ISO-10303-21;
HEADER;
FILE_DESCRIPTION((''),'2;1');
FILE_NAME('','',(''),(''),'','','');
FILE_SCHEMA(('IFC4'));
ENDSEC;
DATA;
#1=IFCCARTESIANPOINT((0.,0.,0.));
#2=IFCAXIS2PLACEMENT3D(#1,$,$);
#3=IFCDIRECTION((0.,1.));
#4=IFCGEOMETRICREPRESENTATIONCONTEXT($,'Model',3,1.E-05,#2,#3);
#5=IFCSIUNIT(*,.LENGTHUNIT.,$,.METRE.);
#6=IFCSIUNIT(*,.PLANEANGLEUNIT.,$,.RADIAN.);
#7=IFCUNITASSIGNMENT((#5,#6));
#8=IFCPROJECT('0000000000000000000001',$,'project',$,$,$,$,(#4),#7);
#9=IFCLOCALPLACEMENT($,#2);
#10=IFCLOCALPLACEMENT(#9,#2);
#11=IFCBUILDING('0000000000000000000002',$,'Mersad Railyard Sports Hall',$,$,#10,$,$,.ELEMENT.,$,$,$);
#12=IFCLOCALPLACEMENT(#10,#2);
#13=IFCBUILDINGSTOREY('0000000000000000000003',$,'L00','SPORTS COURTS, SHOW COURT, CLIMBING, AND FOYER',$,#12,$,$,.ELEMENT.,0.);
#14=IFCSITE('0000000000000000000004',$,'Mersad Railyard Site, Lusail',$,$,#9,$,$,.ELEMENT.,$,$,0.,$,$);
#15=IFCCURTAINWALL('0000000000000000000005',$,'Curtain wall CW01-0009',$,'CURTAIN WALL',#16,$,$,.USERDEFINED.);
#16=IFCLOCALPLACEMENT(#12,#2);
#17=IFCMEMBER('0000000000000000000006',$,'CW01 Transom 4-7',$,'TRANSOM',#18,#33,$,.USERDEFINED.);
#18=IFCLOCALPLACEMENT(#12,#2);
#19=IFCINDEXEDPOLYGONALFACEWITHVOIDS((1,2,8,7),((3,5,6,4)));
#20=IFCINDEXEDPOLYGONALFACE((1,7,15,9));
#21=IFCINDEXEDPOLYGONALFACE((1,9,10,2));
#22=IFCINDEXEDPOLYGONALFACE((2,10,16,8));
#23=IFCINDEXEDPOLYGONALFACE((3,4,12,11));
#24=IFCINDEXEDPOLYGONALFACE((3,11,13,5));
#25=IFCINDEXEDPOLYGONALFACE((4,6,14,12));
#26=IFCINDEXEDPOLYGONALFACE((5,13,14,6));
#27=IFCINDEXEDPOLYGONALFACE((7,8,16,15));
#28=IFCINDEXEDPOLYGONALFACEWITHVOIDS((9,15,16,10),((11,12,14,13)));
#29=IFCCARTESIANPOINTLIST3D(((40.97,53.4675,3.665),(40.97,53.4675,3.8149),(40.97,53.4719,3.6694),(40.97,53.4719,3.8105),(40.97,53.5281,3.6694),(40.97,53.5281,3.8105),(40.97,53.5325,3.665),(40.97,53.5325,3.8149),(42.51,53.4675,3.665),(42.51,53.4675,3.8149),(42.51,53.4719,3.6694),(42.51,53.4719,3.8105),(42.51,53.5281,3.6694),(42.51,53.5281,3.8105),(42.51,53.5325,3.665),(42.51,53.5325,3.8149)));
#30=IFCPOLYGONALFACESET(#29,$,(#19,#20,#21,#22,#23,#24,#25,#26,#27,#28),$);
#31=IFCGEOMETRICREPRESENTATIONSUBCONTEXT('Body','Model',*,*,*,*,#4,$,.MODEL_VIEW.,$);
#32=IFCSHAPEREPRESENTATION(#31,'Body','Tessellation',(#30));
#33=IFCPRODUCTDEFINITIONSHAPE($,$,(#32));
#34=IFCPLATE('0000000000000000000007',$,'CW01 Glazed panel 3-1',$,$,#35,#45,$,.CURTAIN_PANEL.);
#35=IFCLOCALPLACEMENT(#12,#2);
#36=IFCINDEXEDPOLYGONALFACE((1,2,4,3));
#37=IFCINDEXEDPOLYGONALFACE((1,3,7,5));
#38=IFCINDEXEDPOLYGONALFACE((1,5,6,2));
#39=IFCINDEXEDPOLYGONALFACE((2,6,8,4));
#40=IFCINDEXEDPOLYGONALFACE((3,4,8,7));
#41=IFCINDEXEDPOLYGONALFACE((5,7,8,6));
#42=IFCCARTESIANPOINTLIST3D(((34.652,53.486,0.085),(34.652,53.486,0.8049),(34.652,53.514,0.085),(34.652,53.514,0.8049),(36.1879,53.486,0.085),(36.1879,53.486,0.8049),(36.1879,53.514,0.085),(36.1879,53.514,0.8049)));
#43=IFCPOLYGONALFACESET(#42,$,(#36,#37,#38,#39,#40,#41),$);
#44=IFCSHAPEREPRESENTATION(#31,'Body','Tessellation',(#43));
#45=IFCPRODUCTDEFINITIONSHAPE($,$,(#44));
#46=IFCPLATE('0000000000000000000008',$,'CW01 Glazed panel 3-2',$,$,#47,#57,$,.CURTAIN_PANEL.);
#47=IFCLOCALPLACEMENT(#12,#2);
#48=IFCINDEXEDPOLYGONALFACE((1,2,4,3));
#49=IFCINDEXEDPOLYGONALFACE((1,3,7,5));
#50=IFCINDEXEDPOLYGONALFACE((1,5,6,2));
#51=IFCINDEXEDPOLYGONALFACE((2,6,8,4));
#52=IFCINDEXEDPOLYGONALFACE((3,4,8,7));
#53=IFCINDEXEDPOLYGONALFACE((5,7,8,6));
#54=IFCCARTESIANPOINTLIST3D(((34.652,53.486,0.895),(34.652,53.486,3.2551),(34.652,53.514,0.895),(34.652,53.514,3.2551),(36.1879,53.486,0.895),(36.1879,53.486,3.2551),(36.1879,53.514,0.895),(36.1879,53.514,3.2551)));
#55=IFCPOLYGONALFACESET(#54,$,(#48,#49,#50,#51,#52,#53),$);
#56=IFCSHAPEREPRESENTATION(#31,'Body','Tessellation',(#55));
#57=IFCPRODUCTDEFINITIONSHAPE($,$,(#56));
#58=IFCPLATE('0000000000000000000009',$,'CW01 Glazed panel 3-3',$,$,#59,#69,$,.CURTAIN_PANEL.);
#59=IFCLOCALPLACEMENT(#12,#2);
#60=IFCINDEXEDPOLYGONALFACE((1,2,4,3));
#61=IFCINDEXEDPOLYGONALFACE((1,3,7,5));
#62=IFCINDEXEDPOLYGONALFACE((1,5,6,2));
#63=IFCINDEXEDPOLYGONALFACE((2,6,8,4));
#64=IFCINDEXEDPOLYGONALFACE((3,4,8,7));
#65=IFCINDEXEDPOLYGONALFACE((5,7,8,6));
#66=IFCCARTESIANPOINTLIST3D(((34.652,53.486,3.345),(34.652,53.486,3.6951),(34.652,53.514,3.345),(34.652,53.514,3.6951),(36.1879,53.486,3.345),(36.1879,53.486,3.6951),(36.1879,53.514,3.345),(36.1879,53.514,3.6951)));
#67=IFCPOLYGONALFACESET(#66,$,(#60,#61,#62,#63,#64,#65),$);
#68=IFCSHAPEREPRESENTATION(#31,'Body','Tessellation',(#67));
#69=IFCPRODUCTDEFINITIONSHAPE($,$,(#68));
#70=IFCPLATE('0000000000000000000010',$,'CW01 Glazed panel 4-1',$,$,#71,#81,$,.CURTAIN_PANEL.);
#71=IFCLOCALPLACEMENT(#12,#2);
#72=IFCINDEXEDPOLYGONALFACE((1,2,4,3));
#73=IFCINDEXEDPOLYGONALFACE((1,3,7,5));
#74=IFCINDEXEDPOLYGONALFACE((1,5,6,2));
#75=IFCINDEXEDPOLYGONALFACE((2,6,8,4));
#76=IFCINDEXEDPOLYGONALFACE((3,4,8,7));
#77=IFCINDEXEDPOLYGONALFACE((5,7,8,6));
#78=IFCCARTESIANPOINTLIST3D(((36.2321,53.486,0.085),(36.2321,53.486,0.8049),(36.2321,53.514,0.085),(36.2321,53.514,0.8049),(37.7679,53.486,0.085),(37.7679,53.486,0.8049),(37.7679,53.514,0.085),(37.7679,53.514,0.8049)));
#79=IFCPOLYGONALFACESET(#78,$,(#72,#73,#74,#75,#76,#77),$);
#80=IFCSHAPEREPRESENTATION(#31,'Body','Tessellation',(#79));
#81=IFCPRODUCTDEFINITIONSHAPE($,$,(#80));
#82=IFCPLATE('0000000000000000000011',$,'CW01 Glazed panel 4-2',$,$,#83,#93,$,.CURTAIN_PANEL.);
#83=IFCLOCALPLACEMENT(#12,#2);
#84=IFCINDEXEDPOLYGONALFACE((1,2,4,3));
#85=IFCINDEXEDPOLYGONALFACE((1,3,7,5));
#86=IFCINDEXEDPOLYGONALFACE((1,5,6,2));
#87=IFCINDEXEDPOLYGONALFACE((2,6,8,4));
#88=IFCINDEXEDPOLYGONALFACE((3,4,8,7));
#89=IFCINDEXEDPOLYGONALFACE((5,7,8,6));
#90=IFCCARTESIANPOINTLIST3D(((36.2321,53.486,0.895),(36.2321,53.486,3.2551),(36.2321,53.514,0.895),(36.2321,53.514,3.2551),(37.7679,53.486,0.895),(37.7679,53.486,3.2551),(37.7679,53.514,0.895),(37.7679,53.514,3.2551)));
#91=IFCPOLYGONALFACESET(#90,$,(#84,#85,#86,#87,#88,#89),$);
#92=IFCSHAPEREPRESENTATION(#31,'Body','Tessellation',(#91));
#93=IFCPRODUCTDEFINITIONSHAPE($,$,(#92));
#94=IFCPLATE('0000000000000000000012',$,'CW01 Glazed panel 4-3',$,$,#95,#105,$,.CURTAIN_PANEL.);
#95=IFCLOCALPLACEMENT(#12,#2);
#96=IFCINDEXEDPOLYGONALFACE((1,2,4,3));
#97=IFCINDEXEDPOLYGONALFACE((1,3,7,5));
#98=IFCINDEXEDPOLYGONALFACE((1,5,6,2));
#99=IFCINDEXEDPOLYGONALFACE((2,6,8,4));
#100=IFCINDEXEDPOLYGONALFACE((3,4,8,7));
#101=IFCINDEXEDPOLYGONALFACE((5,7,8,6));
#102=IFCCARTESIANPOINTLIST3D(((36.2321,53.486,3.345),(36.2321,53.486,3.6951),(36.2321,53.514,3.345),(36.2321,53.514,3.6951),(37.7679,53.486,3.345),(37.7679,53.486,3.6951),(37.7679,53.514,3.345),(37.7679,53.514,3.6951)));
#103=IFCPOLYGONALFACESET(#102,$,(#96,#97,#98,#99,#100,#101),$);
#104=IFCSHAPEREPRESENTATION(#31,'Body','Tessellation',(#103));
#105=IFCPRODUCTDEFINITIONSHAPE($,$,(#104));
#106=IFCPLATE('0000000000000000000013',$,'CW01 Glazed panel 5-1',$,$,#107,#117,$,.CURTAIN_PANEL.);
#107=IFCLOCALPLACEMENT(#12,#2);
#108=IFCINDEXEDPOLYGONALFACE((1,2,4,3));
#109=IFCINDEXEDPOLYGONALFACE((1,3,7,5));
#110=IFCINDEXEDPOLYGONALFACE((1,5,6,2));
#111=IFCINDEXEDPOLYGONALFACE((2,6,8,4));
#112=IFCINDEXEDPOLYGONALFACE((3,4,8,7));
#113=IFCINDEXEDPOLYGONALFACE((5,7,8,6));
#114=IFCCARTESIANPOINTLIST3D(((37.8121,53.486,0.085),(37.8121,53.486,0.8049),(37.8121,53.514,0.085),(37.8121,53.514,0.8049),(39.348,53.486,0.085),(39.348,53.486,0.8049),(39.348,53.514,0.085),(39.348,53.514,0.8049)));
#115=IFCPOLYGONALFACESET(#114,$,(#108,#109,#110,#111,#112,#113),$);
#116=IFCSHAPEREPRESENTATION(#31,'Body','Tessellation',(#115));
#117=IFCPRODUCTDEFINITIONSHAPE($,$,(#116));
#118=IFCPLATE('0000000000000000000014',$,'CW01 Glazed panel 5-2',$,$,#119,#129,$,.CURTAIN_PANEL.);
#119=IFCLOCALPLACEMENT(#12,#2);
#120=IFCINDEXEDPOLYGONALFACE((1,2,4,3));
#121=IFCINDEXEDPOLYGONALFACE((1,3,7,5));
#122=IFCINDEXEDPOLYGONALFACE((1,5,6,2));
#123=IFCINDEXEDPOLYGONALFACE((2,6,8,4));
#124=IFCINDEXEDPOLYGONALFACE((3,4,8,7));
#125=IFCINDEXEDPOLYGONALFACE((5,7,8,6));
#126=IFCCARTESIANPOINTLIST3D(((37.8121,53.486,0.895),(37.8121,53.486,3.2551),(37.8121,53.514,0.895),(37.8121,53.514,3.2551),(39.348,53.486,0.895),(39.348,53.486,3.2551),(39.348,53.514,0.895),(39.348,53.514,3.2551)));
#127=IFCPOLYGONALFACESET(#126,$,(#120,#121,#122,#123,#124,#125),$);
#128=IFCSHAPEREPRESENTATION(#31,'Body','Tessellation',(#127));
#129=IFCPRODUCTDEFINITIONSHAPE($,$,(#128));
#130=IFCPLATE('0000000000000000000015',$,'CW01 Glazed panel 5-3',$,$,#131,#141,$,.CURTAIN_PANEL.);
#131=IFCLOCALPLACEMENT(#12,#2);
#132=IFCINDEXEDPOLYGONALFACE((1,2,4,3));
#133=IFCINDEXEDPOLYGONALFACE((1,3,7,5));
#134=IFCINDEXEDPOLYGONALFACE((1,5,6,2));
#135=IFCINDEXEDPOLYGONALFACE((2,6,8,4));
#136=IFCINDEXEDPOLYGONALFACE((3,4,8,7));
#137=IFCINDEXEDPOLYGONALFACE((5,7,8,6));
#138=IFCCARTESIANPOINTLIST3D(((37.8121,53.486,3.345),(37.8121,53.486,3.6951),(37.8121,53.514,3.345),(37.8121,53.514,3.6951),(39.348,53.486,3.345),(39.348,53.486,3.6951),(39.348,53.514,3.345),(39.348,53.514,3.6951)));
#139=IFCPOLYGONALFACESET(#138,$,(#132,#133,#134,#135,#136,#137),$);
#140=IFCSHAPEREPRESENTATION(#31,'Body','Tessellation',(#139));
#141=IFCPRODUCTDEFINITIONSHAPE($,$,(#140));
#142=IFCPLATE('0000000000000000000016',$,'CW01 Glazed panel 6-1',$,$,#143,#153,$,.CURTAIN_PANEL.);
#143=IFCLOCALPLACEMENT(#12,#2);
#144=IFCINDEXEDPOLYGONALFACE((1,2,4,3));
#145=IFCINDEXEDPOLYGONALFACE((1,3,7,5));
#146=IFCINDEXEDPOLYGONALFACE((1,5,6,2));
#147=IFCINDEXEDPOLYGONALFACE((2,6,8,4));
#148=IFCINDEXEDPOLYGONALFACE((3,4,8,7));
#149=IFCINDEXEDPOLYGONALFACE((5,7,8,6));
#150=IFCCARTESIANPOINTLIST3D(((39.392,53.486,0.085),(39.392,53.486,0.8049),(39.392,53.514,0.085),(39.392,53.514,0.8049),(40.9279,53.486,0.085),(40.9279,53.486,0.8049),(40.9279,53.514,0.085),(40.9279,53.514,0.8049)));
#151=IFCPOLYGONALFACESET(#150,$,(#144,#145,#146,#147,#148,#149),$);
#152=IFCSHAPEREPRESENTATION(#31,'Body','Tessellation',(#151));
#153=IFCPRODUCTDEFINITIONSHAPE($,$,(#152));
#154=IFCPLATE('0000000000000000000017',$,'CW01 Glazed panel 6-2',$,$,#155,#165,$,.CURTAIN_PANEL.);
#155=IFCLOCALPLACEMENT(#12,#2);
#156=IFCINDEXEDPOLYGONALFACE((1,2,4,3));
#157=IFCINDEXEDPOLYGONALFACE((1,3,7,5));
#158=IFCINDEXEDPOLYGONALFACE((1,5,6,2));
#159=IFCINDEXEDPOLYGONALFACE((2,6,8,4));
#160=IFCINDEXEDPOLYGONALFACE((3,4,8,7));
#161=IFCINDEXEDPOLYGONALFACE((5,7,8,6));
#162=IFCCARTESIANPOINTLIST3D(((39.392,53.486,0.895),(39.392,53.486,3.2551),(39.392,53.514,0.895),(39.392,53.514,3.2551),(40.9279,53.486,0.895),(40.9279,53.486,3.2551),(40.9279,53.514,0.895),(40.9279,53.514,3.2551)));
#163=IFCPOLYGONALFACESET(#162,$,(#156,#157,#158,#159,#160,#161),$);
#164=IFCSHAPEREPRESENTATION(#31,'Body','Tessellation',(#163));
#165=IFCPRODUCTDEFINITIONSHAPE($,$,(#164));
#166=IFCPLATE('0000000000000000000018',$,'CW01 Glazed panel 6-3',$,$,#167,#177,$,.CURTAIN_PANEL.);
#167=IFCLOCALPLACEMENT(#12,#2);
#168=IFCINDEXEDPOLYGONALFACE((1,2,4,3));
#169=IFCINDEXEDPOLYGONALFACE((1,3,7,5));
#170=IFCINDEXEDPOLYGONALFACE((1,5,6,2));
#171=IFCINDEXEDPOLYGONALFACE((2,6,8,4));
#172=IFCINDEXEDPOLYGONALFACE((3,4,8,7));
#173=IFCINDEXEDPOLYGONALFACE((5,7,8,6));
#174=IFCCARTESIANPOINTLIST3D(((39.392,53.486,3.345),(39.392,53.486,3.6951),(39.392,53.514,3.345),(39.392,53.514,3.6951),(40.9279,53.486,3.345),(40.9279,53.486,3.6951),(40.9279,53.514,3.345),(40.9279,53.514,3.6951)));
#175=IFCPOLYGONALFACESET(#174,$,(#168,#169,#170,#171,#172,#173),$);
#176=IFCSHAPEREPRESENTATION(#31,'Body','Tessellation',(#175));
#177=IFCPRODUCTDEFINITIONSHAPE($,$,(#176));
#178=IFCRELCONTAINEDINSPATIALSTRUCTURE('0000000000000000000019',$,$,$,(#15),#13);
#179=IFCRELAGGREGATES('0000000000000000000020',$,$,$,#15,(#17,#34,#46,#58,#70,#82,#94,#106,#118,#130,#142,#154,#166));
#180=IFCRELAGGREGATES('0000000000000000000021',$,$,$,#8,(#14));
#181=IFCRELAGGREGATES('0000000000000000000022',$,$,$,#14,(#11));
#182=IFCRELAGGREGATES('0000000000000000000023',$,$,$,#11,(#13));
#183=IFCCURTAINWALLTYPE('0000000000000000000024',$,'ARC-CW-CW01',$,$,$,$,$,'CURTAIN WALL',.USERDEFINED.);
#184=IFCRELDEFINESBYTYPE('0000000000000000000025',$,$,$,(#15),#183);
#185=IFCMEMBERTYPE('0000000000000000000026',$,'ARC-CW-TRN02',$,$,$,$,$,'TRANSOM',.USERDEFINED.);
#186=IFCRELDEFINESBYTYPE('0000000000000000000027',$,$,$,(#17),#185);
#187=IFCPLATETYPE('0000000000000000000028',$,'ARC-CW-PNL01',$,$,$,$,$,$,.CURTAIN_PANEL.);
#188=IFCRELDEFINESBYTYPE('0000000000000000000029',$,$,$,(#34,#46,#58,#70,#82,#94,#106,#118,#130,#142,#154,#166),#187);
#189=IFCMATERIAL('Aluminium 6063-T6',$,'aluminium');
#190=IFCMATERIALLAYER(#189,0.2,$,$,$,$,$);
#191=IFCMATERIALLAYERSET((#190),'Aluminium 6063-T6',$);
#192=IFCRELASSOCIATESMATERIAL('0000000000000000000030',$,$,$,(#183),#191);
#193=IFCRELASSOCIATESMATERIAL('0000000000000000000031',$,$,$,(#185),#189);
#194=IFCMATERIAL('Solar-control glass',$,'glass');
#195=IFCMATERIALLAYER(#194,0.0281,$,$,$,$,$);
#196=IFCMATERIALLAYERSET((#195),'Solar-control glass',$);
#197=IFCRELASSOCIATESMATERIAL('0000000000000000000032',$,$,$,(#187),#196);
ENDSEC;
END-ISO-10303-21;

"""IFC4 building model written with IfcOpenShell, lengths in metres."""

from ifc_helpers import new_model, si_unit, direction, frame, origin, origin_2d, place, context, subcontext, project, spatial, rectangle, hollow_rectangle, extrude, material, layer, layer_set, material_profile, profile_set, type_object, element, aggregate, save


model = new_model("IFC4")

# Units and contexts
model_context = context("Model", 3, precision=1e-05, world=origin(), true_north=direction((0.0, 1.0)))
body_context = subcontext(model_context, "Body", "Model", "MODEL_VIEW")
ifc_project = project(units=[si_unit("LENGTHUNIT", "METRE"), si_unit("PLANEANGLEUNIT", "RADIAN")], contexts=[model_context])

# Site, building, storey
site_placement = place(None, origin())
site = spatial("IfcSite", under=ifc_project, at=site_placement, Name="Mersad Railyard Site, Lusail", CompositionType="ELEMENT", RefElevation=0.0)
building_placement = place(site_placement, origin())
building = spatial("IfcBuilding", under=site, at=building_placement, Name="Mersad Railyard Sports Hall", CompositionType="ELEMENT")
storey_placement = place(building_placement, origin())
storey = spatial("IfcBuildingStorey", under=building, at=storey_placement, Name="L00", Description="SPORTS COURTS, SHOW COURT, CLIMBING, AND FOYER", CompositionType="ELEMENT", Elevation=0.0)

# Curtain wall, member, plates
ifc_material_1 = material(Name="Aluminium 6063-T6", Category="aluminium")
ifc_layer_1 = layer(ifc_material_1, 0.2)
ifc_layer_set_1 = layer_set([ifc_layer_1], Name="Aluminium 6063-T6")
curtain_wall_type = type_object("IfcCurtainWallType", Name="ARC-CW-CW01", ElementType="CURTAIN WALL", PredefinedType="USERDEFINED", material=ifc_layer_set_1)
curtain_wall_placement = place(storey_placement, origin())
curtain_wall = element("IfcCurtainWall", 1, at=curtain_wall_placement, inside=storey, type_object=curtain_wall_type, Name="Curtain wall CW01-0009", ObjectType="CURTAIN WALL", PredefinedType="USERDEFINED")
ifc_material_profile_1 = material_profile(ifc_material_1, hollow_rectangle(XDim=0.0649, YDim=0.1499, WallThickness=0.0044, at=origin_2d()), Name="AL TRANSOM 65x150x4.5")
ifc_profile_set_1 = profile_set([ifc_material_profile_1], Name="Aluminium 6063-T6")
member_type_1 = type_object("IfcMemberType", Name="ARC-CW-TRN02", ElementType="TRANSOM", PredefinedType="USERDEFINED", material=ifc_profile_set_1)
member_1_placement = place(storey_placement, frame((40.97, 53.5, 3.74), z_axis=(1.0, 0.0, 0.0), x_axis=(0.0, 1.0, 0.0)))
member_1 = element("IfcMember", 2, at=member_1_placement, type_object=member_type_1, Name="CW01 Transom 4-7", ObjectType="TRANSOM", PredefinedType="USERDEFINED", context=body_context, shape_type="SweptSolid", body=[
    extrude(hollow_rectangle(XDim=0.0649, YDim=0.1499, WallThickness=0.0044, at=origin_2d()), origin(), (0.0, 0.0, 1.0), 1.54),
])
ifc_material_2 = material(Name="Solar-control glass", Category="glass")
ifc_layer_2 = layer(ifc_material_2, 0.0281)
ifc_layer_set_2 = layer_set([ifc_layer_2], Name="Solar-control glass")
plate_type = type_object("IfcPlateType", Name="ARC-CW-PNL01", PredefinedType="CURTAIN_PANEL", material=ifc_layer_set_2)
plate_1_placement = place(storey_placement, frame((35.4199, 53.5, 0.085), z_axis=(0.0, 0.0, 1.0), x_axis=(1.0, 0.0, 0.0)))
plate_1 = element("IfcPlate", 3, at=plate_1_placement, type_object=plate_type, Name="CW01 Glazed panel 3-1", PredefinedType="CURTAIN_PANEL", context=body_context, shape_type="SweptSolid", body=[
    extrude(rectangle(XDim=1.5359, YDim=0.0281, at=origin_2d()), origin(), (0.0, 0.0, 1.0), 0.72),
])
plate_2_placement = place(storey_placement, frame((35.4199, 53.5, 0.895), z_axis=(0.0, 0.0, 1.0), x_axis=(1.0, 0.0, 0.0)))
plate_2 = element("IfcPlate", 4, at=plate_2_placement, type_object=plate_type, Name="CW01 Glazed panel 3-2", PredefinedType="CURTAIN_PANEL", context=body_context, shape_type="SweptSolid", body=[
    extrude(rectangle(XDim=1.5359, YDim=0.0281, at=origin_2d()), origin(), (0.0, 0.0, 1.0), 2.3601),
])
plate_3_placement = place(storey_placement, frame((35.4199, 53.5, 3.345), z_axis=(0.0, 0.0, 1.0), x_axis=(1.0, 0.0, 0.0)))
plate_3 = element("IfcPlate", 5, at=plate_3_placement, type_object=plate_type, Name="CW01 Glazed panel 3-3", PredefinedType="CURTAIN_PANEL", context=body_context, shape_type="SweptSolid", body=[
    extrude(rectangle(XDim=1.5359, YDim=0.0281, at=origin_2d()), origin(), (0.0, 0.0, 1.0), 0.3501),
])
plate_4_placement = place(storey_placement, frame((37.0, 53.5, 0.085), z_axis=(0.0, 0.0, 1.0), x_axis=(1.0, 0.0, 0.0)))
plate_4 = element("IfcPlate", 6, at=plate_4_placement, type_object=plate_type, Name="CW01 Glazed panel 4-1", PredefinedType="CURTAIN_PANEL", context=body_context, shape_type="SweptSolid", body=[
    extrude(rectangle(XDim=1.5359, YDim=0.0281, at=origin_2d()), origin(), (0.0, 0.0, 1.0), 0.72),
])
plate_5_placement = place(storey_placement, frame((37.0, 53.5, 0.895), z_axis=(0.0, 0.0, 1.0), x_axis=(1.0, 0.0, 0.0)))
plate_5 = element("IfcPlate", 7, at=plate_5_placement, type_object=plate_type, Name="CW01 Glazed panel 4-2", PredefinedType="CURTAIN_PANEL", context=body_context, shape_type="SweptSolid", body=[
    extrude(rectangle(XDim=1.5359, YDim=0.0281, at=origin_2d()), origin(), (0.0, 0.0, 1.0), 2.3601),
])
plate_6_placement = place(storey_placement, frame((37.0, 53.5, 3.345), z_axis=(0.0, 0.0, 1.0), x_axis=(1.0, 0.0, 0.0)))
plate_6 = element("IfcPlate", 8, at=plate_6_placement, type_object=plate_type, Name="CW01 Glazed panel 4-3", PredefinedType="CURTAIN_PANEL", context=body_context, shape_type="SweptSolid", body=[
    extrude(rectangle(XDim=1.5359, YDim=0.0281, at=origin_2d()), origin(), (0.0, 0.0, 1.0), 0.3501),
])
plate_7_placement = place(storey_placement, frame((38.5801, 53.5, 0.085), z_axis=(0.0, 0.0, 1.0), x_axis=(1.0, 0.0, 0.0)))
plate_7 = element("IfcPlate", 9, at=plate_7_placement, type_object=plate_type, Name="CW01 Glazed panel 5-1", PredefinedType="CURTAIN_PANEL", context=body_context, shape_type="SweptSolid", body=[
    extrude(rectangle(XDim=1.5359, YDim=0.0281, at=origin_2d()), origin(), (0.0, 0.0, 1.0), 0.72),
])
plate_8_placement = place(storey_placement, frame((38.5801, 53.5, 0.895), z_axis=(0.0, 0.0, 1.0), x_axis=(1.0, 0.0, 0.0)))
plate_8 = element("IfcPlate", 10, at=plate_8_placement, type_object=plate_type, Name="CW01 Glazed panel 5-2", PredefinedType="CURTAIN_PANEL", context=body_context, shape_type="SweptSolid", body=[
    extrude(rectangle(XDim=1.5359, YDim=0.0281, at=origin_2d()), origin(), (0.0, 0.0, 1.0), 2.3601),
])
plate_9_placement = place(storey_placement, frame((38.5801, 53.5, 3.345), z_axis=(0.0, 0.0, 1.0), x_axis=(1.0, 0.0, 0.0)))
plate_9 = element("IfcPlate", 11, at=plate_9_placement, type_object=plate_type, Name="CW01 Glazed panel 5-3", PredefinedType="CURTAIN_PANEL", context=body_context, shape_type="SweptSolid", body=[
    extrude(rectangle(XDim=1.5359, YDim=0.0281, at=origin_2d()), origin(), (0.0, 0.0, 1.0), 0.3501),
])
plate_10_placement = place(storey_placement, frame((40.1599, 53.5, 0.085), z_axis=(0.0, 0.0, 1.0), x_axis=(1.0, 0.0, 0.0)))
plate_10 = element("IfcPlate", 12, at=plate_10_placement, type_object=plate_type, Name="CW01 Glazed panel 6-1", PredefinedType="CURTAIN_PANEL", context=body_context, shape_type="SweptSolid", body=[
    extrude(rectangle(XDim=1.5359, YDim=0.0281, at=origin_2d()), origin(), (0.0, 0.0, 1.0), 0.72),
])
plate_11_placement = place(storey_placement, frame((40.1599, 53.5, 0.895), z_axis=(0.0, 0.0, 1.0), x_axis=(1.0, 0.0, 0.0)))
plate_11 = element("IfcPlate", 13, at=plate_11_placement, type_object=plate_type, Name="CW01 Glazed panel 6-2", PredefinedType="CURTAIN_PANEL", context=body_context, shape_type="SweptSolid", body=[
    extrude(rectangle(XDim=1.5359, YDim=0.0281, at=origin_2d()), origin(), (0.0, 0.0, 1.0), 2.3601),
])
plate_12_placement = place(storey_placement, frame((40.1599, 53.5, 3.345), z_axis=(0.0, 0.0, 1.0), x_axis=(1.0, 0.0, 0.0)))
plate_12 = element("IfcPlate", 14, at=plate_12_placement, type_object=plate_type, Name="CW01 Glazed panel 6-3", PredefinedType="CURTAIN_PANEL", context=body_context, shape_type="SweptSolid", body=[
    extrude(rectangle(XDim=1.5359, YDim=0.0281, at=origin_2d()), origin(), (0.0, 0.0, 1.0), 0.3501),
])
aggregate(curtain_wall, [member_1, plate_1, plate_2, plate_3, plate_4, plate_5, plate_6, plate_7, plate_8, plate_9, plate_10, plate_11, plate_12])

save(model, "model.ifc")
